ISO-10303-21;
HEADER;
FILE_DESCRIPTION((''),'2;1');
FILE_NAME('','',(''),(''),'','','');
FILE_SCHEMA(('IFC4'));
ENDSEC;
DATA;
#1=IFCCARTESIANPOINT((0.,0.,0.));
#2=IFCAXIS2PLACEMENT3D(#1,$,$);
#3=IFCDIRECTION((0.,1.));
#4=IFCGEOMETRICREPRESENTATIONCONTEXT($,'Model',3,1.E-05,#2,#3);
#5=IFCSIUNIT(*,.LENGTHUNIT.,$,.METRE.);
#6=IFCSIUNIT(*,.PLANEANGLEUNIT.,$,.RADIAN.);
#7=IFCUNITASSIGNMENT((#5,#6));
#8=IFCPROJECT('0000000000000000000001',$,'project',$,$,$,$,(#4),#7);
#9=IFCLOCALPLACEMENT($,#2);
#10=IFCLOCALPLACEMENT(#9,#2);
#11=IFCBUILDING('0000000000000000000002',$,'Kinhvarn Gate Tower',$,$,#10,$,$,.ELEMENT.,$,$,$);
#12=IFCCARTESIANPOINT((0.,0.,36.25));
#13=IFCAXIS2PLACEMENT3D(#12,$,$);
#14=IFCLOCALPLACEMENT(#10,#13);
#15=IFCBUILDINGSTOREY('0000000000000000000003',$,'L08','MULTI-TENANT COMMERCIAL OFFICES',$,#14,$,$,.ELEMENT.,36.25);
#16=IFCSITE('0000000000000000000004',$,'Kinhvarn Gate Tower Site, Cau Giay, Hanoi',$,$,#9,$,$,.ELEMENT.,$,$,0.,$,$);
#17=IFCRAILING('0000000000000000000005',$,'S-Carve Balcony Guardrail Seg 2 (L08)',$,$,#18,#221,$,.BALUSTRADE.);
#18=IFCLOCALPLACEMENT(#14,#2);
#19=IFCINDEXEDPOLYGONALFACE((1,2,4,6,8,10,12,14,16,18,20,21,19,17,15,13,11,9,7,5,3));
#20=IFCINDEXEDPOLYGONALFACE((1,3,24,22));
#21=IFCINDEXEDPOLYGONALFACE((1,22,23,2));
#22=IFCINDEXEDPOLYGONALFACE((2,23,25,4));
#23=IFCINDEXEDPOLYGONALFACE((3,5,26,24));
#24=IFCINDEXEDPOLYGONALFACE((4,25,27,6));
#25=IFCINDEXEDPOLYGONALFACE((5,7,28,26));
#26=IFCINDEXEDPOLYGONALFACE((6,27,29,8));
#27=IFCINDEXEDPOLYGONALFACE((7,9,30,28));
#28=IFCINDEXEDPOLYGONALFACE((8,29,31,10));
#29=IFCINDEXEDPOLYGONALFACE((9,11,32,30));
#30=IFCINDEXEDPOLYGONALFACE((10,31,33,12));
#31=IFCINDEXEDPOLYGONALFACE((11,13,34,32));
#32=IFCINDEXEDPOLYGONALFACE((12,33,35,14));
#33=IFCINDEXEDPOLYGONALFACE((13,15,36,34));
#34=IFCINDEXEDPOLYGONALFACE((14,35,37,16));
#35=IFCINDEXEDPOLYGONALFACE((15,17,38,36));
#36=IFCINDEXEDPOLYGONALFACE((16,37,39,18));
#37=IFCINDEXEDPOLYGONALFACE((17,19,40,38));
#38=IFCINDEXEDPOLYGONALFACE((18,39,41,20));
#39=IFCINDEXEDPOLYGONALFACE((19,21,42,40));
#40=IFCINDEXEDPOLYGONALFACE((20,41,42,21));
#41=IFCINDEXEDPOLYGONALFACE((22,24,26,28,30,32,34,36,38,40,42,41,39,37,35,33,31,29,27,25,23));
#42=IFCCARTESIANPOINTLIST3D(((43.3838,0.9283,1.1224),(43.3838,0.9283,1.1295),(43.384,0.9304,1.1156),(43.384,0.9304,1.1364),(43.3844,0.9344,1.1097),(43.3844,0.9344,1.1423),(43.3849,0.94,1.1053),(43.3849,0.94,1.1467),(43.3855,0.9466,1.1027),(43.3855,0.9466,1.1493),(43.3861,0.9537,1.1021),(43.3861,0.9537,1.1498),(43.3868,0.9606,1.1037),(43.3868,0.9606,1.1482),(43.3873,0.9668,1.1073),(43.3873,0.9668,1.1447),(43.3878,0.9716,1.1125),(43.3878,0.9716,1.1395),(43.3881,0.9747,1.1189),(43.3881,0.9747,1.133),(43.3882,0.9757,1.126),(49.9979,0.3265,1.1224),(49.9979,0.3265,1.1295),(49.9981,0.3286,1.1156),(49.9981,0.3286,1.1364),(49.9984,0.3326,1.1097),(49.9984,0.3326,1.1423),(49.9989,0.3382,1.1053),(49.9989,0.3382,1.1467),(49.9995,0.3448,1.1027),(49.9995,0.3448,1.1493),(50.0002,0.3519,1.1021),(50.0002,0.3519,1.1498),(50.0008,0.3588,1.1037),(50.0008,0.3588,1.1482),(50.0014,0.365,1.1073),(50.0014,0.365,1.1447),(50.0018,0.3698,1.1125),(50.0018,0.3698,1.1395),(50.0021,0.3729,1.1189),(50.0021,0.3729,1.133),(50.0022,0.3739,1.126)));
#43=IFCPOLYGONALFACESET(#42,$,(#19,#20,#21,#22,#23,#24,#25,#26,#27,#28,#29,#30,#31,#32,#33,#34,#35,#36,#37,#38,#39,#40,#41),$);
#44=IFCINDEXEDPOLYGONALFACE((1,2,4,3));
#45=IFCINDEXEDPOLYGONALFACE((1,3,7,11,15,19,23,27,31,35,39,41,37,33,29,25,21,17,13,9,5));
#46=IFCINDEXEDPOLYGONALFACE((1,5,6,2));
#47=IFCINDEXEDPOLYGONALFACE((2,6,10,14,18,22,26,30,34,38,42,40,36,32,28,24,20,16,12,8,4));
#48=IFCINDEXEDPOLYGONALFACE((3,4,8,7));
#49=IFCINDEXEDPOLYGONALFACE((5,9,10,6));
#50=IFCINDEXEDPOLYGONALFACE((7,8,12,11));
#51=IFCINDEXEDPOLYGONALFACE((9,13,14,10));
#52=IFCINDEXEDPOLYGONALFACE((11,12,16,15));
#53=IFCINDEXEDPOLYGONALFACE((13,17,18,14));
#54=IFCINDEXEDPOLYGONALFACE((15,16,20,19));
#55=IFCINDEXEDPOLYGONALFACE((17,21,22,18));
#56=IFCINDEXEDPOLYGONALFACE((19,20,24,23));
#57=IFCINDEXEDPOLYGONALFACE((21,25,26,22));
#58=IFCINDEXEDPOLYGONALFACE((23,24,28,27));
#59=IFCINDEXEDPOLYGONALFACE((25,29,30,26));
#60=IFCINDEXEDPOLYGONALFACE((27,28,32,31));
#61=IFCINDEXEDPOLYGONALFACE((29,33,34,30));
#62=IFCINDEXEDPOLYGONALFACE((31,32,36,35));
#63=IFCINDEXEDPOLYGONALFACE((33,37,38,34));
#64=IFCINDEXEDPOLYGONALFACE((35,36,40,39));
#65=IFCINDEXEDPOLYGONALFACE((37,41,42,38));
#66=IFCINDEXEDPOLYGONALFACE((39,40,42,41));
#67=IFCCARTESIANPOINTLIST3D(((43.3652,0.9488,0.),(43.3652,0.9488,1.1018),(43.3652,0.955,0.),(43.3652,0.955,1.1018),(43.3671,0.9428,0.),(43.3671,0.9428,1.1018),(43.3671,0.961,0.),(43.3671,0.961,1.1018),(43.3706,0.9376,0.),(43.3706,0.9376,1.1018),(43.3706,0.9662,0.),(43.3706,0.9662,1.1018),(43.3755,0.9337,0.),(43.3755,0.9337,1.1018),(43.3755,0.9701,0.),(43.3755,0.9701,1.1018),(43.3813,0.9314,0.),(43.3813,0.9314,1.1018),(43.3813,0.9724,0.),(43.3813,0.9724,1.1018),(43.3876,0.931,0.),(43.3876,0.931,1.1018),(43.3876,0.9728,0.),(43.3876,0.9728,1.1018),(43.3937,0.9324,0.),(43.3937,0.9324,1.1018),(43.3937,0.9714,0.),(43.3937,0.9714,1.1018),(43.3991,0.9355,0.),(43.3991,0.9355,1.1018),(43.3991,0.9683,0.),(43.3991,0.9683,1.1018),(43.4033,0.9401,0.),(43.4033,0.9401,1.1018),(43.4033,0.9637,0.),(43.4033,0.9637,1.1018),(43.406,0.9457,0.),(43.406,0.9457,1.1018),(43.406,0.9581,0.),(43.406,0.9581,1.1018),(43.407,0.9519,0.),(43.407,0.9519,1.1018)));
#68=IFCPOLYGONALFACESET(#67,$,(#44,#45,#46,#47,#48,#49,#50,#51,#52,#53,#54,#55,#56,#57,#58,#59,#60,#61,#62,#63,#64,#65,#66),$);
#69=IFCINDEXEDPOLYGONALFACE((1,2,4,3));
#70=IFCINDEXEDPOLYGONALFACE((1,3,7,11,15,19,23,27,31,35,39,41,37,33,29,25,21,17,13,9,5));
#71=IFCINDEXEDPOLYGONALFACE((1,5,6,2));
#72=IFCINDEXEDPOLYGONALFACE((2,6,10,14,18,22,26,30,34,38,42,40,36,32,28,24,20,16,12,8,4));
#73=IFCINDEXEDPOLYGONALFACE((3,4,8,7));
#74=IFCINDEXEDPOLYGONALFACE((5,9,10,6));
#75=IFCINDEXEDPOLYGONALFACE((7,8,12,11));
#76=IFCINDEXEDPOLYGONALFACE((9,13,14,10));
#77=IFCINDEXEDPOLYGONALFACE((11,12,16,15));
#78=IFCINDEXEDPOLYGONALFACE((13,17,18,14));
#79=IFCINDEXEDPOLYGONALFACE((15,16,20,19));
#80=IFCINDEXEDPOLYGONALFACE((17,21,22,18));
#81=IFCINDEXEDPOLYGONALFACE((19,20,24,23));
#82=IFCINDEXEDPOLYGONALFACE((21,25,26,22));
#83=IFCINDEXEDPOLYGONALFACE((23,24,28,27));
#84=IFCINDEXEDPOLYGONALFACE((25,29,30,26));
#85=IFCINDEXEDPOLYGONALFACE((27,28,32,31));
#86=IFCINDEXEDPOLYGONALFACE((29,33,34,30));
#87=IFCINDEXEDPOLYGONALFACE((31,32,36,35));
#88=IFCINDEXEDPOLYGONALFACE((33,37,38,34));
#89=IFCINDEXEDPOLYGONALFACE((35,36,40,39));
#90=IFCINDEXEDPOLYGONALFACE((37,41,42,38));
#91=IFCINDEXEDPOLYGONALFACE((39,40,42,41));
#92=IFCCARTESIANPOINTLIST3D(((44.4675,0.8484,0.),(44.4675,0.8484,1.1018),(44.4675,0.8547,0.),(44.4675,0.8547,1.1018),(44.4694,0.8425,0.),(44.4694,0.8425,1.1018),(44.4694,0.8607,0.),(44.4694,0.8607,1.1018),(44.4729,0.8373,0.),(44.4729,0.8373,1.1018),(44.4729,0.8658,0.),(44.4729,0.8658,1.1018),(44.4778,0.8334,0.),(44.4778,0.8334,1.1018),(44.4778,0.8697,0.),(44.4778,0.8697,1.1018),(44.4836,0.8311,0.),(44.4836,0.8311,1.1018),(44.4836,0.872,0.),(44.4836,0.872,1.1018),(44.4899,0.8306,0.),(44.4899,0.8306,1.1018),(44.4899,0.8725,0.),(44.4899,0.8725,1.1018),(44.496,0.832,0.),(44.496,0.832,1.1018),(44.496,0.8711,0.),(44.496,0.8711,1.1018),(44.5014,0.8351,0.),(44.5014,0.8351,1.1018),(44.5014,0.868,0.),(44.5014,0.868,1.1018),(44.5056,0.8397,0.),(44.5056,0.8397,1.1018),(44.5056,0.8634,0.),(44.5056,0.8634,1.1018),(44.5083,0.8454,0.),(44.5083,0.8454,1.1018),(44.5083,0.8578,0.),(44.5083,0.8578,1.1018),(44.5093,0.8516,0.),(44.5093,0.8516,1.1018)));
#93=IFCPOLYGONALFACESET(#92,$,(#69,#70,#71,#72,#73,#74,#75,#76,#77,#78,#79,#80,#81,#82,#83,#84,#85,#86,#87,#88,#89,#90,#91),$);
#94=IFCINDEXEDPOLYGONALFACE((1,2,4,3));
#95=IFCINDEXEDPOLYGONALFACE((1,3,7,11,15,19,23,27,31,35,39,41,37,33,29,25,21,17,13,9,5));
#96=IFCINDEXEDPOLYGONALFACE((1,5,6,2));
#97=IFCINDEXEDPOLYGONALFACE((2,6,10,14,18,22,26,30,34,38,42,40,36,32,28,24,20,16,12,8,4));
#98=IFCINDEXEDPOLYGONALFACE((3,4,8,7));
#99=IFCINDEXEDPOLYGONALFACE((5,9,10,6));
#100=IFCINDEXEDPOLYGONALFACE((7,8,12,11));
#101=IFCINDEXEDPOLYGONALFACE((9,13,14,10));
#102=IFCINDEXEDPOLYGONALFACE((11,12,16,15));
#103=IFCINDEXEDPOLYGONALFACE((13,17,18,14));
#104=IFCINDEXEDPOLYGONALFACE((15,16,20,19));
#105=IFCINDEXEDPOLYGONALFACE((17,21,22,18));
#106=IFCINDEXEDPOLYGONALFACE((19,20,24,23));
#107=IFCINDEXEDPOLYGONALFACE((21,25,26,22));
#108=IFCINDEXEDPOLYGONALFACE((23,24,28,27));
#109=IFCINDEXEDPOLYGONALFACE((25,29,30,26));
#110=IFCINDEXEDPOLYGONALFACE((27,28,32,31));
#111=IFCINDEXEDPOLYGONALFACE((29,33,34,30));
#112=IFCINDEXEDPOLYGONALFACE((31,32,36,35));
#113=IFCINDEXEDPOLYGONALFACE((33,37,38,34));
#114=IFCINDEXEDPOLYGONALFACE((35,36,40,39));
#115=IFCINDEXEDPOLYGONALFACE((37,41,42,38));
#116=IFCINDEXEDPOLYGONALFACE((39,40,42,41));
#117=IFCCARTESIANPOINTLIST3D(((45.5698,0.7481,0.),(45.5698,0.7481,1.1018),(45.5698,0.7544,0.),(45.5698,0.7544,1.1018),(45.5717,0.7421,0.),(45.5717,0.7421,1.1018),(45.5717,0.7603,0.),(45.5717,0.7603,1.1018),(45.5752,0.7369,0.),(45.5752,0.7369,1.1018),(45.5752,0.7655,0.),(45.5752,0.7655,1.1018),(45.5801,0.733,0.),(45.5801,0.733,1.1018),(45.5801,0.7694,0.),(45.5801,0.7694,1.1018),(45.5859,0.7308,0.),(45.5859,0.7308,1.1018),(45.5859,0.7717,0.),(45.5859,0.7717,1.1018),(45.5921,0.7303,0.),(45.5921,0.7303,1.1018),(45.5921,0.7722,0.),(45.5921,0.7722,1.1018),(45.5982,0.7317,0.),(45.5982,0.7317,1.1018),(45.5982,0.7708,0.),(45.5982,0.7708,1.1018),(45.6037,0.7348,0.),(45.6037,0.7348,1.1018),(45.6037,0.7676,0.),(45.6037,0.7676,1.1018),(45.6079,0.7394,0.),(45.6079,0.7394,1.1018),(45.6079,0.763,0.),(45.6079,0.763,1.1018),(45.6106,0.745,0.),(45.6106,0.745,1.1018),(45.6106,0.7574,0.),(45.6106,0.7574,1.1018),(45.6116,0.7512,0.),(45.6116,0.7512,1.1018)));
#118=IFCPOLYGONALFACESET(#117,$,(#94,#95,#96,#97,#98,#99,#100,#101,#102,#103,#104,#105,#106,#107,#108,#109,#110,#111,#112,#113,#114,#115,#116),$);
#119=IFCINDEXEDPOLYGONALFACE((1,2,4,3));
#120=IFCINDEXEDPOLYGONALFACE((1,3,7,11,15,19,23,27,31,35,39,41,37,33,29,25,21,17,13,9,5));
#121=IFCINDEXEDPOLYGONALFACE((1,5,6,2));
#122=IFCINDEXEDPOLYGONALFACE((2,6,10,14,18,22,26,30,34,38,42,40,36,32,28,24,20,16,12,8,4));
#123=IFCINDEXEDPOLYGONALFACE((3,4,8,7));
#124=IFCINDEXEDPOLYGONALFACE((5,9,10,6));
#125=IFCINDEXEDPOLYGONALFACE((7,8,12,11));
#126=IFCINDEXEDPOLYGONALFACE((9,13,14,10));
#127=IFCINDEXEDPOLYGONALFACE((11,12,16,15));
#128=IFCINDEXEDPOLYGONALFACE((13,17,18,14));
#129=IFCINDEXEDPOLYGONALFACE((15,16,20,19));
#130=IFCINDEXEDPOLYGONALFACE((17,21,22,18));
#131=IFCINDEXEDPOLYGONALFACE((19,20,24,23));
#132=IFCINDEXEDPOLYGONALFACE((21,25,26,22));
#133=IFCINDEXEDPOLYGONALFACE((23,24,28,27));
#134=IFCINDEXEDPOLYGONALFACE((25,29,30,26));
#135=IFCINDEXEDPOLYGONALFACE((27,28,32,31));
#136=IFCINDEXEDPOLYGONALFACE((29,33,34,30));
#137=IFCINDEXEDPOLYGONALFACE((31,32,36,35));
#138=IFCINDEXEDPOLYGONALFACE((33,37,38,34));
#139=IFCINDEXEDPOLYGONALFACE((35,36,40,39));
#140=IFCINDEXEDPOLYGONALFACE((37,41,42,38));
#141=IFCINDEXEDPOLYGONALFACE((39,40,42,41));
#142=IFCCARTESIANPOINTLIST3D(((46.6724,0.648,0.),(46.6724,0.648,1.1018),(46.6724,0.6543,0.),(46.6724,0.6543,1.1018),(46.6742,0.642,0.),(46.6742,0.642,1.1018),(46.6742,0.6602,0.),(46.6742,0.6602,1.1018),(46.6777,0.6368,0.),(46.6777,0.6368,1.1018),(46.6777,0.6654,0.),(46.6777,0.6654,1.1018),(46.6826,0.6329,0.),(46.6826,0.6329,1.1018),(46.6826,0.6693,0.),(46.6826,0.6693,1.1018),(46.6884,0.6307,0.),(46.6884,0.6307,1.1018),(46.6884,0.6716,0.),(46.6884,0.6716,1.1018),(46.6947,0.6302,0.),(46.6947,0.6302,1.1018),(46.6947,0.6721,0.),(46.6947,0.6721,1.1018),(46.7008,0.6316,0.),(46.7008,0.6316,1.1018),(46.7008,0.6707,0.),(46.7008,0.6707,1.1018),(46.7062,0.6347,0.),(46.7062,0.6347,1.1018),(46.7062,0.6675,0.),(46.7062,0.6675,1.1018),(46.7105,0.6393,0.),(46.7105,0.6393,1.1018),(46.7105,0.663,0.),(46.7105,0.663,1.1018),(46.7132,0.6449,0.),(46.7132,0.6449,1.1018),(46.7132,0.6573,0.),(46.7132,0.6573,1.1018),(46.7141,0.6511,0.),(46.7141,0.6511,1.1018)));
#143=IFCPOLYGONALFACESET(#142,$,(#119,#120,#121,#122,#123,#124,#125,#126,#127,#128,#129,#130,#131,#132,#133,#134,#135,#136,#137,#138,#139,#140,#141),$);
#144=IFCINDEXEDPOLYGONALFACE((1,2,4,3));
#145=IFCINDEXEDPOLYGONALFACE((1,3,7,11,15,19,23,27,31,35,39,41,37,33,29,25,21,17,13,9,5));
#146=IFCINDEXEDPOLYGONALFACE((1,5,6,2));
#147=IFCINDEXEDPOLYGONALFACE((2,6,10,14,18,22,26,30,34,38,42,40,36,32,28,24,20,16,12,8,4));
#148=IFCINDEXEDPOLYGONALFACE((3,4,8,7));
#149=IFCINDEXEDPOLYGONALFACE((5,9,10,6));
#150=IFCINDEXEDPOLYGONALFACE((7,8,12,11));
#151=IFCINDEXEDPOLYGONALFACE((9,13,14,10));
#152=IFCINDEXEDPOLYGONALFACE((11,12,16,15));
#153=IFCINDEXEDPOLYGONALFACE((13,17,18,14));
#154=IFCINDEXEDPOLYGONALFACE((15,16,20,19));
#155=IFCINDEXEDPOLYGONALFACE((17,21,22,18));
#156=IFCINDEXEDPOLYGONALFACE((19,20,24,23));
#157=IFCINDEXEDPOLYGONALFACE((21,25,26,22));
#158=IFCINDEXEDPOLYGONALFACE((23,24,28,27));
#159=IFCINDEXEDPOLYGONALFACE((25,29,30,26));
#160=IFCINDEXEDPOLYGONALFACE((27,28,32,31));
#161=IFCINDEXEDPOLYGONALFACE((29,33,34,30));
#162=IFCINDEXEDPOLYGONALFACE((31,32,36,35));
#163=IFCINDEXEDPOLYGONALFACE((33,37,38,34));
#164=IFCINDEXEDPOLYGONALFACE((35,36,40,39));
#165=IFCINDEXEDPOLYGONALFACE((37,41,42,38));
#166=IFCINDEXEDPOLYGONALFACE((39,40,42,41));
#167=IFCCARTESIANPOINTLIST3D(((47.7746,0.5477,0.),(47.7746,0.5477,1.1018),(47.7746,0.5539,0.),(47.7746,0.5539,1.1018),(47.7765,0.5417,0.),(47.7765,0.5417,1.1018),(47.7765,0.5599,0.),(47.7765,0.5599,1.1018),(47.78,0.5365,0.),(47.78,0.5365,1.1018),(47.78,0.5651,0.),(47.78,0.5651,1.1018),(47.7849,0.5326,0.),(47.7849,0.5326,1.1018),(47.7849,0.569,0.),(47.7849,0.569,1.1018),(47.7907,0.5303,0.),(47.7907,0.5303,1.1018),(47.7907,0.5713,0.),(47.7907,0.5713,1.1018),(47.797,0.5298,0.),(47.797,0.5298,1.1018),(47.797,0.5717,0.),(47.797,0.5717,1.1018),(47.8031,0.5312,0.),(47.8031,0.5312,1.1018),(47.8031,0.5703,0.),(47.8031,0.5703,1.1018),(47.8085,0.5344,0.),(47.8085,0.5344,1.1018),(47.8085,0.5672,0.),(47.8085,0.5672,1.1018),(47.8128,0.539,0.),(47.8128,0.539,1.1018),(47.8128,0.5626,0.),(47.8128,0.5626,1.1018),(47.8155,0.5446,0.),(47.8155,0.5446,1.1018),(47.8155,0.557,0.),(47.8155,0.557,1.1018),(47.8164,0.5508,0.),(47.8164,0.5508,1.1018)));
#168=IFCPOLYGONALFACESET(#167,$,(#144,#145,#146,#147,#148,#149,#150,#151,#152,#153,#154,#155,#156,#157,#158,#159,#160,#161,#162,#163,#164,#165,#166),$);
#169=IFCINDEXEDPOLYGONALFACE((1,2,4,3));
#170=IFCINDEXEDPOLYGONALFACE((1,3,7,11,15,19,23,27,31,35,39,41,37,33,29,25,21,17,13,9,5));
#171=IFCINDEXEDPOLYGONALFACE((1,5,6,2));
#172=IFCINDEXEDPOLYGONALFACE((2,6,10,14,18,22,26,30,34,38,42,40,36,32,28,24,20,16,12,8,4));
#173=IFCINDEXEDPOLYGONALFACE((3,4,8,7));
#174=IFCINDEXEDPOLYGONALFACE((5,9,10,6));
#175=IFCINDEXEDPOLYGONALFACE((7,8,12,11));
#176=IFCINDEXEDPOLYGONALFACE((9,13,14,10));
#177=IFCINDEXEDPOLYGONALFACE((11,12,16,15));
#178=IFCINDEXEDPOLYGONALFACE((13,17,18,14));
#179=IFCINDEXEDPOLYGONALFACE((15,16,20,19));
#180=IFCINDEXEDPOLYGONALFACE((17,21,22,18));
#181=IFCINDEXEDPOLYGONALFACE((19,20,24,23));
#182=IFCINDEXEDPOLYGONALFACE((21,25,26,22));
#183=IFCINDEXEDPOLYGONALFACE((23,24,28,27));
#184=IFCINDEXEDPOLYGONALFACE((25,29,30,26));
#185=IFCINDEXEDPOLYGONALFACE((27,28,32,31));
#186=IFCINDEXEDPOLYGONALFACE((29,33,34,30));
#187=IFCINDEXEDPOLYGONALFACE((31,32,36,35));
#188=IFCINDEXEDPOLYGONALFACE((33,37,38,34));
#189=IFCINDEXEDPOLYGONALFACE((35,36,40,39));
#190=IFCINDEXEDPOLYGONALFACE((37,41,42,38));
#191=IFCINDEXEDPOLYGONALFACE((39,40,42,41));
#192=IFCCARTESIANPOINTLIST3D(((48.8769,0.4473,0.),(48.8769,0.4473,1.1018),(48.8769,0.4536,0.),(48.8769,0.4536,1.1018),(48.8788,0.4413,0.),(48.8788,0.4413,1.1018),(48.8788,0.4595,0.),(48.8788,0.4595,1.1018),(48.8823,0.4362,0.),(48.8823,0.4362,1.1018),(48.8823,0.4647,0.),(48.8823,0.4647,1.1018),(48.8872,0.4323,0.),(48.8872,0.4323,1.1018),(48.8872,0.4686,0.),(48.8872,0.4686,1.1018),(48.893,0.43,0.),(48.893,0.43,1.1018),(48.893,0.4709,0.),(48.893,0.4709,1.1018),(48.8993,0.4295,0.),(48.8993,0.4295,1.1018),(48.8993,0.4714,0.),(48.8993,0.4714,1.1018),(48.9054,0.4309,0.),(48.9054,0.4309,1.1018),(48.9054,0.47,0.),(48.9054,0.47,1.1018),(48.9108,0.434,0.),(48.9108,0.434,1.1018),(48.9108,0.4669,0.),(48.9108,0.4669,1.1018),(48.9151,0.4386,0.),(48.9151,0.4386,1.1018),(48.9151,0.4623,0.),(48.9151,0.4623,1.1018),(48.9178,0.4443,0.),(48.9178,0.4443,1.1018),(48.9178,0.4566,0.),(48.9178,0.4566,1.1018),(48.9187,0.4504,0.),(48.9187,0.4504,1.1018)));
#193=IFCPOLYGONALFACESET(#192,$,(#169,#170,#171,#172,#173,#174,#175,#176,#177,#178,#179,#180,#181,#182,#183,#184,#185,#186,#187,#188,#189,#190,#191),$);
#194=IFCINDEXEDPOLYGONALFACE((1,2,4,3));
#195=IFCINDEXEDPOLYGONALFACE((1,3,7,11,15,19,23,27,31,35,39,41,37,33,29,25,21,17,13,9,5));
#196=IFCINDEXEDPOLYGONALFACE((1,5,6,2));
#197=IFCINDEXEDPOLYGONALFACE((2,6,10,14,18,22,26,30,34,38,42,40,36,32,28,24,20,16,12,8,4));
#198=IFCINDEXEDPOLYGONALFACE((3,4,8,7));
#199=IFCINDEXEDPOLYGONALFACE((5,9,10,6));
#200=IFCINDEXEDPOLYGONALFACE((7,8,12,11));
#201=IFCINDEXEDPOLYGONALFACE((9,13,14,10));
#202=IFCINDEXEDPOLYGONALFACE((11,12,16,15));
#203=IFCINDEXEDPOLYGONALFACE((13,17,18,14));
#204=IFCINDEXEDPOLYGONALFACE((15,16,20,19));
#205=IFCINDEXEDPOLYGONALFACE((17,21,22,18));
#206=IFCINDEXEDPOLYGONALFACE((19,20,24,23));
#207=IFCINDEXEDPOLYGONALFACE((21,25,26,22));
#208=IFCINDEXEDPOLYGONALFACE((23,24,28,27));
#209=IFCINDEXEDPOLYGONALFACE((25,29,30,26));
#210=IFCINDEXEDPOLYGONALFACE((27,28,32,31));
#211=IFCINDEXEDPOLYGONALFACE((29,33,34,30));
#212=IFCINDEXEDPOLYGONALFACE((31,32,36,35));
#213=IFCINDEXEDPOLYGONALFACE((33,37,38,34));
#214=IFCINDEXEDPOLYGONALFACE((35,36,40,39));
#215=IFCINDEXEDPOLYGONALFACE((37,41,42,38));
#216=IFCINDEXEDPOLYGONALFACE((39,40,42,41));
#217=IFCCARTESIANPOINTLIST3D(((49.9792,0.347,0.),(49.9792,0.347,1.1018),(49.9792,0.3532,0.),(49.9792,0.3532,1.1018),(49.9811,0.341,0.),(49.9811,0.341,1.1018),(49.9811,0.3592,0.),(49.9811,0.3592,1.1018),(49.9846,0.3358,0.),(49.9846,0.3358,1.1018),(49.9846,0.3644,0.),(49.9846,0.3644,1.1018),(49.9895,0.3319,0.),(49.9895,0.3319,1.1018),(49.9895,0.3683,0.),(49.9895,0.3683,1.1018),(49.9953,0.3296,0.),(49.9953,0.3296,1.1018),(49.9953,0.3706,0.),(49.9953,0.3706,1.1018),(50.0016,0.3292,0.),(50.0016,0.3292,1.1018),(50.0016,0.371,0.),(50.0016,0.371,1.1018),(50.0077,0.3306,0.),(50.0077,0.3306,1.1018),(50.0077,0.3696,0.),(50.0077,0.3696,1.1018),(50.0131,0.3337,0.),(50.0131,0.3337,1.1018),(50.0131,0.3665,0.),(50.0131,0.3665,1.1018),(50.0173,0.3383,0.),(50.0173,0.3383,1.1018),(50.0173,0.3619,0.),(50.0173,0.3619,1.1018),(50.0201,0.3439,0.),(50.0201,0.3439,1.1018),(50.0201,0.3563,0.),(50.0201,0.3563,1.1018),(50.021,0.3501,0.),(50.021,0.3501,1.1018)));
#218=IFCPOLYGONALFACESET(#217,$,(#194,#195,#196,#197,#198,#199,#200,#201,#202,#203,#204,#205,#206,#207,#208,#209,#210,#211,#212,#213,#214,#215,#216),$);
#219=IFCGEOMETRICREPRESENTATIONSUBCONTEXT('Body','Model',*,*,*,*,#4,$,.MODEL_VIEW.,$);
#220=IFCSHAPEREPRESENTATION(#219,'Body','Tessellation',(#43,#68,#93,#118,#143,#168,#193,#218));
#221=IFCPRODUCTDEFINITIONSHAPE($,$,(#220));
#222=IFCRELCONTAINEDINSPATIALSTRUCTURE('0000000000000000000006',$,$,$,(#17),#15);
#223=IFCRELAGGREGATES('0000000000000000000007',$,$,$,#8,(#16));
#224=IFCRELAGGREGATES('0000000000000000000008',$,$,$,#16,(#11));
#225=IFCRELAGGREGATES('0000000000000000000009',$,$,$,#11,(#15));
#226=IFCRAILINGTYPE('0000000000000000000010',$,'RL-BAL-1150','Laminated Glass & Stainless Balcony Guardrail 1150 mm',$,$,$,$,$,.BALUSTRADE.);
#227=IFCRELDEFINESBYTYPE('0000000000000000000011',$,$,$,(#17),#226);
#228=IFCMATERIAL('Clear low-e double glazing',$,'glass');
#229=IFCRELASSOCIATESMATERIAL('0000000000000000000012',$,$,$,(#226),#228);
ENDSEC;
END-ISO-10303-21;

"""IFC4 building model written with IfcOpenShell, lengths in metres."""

from ifc_helpers import new_model, si_unit, direction, frame, origin, origin_2d, place, context, subcontext, project, spatial, circle, extrude, material, type_object, element, save


model = new_model("IFC4")

# Units and contexts
model_context = context("Model", 3, precision=1e-05, world=origin(), true_north=direction((0.0, 1.0)))
body_context = subcontext(model_context, "Body", "Model", "MODEL_VIEW")
ifc_project = project(units=[si_unit("LENGTHUNIT", "METRE"), si_unit("PLANEANGLEUNIT", "RADIAN")], contexts=[model_context])

# Site, building, storey
site_placement = place(None, origin())
site = spatial("IfcSite", under=ifc_project, at=site_placement, Name="Kinhvarn Gate Tower Site, Cau Giay, Hanoi", CompositionType="ELEMENT", RefElevation=0.0)
building_placement = place(site_placement, origin())
building = spatial("IfcBuilding", under=site, at=building_placement, Name="Kinhvarn Gate Tower", CompositionType="ELEMENT")
storey_placement = place(building_placement, frame((0.0, 0.0, 36.25)))
storey = spatial("IfcBuildingStorey", under=building, at=storey_placement, Name="L08", Description="MULTI-TENANT COMMERCIAL OFFICES", CompositionType="ELEMENT", Elevation=36.25)

# Shared definitions
ifc_material_1 = material(Name="Clear low-e double glazing", Category="glass")

# Railing
railing_type = type_object("IfcRailingType", Name="RL-BAL-1150", Description="Laminated Glass & Stainless Balcony Guardrail 1150 mm", PredefinedType="BALUSTRADE", material=ifc_material_1)
railing_1_placement = place(storey_placement, frame((43.386, 0.9519, 0.0)))
element("IfcRailing", 1, at=railing_1_placement, inside=storey, type_object=railing_type, Name="S-Carve Balcony Guardrail Seg 2 (L08)", PredefinedType="BALUSTRADE", context=body_context, shape_type="SweptSolid", body=[
    extrude(circle(Radius=0.0239, at=origin_2d()), frame((0.0, 0.0, 1.126), z_axis=(0.995886, -0.090615, 0.0), x_axis=(0.090615, 0.995886, 0.0)), (0.0, 0.0, 1.0), 6.6414),
    extrude(circle(Radius=0.021, at=origin_2d()), origin(), (0.0, 0.0, 1.0), 1.1018),
    extrude(circle(Radius=0.021, at=origin_2d()), frame((1.1023, -0.1003, 0.0)), (0.0, 0.0, 1.0), 1.1018),
    extrude(circle(Radius=0.021, at=origin_2d()), frame((2.2046, -0.2007, 0.0)), (0.0, 0.0, 1.0), 1.1018),
    extrude(circle(Radius=0.021, at=origin_2d()), frame((3.3071, -0.3008, 0.0)), (0.0, 0.0, 1.0), 1.1018),
    extrude(circle(Radius=0.021, at=origin_2d()), frame((4.4094, -0.4011, 0.0)), (0.0, 0.0, 1.0), 1.1018),
    extrude(circle(Radius=0.021, at=origin_2d()), frame((5.5117, -0.5015, 0.0)), (0.0, 0.0, 1.0), 1.1018),
    extrude(circle(Radius=0.021, at=origin_2d()), frame((6.614, -0.6018, 0.0)), (0.0, 0.0, 1.0), 1.1018),
])

save(model, "model.ifc")
